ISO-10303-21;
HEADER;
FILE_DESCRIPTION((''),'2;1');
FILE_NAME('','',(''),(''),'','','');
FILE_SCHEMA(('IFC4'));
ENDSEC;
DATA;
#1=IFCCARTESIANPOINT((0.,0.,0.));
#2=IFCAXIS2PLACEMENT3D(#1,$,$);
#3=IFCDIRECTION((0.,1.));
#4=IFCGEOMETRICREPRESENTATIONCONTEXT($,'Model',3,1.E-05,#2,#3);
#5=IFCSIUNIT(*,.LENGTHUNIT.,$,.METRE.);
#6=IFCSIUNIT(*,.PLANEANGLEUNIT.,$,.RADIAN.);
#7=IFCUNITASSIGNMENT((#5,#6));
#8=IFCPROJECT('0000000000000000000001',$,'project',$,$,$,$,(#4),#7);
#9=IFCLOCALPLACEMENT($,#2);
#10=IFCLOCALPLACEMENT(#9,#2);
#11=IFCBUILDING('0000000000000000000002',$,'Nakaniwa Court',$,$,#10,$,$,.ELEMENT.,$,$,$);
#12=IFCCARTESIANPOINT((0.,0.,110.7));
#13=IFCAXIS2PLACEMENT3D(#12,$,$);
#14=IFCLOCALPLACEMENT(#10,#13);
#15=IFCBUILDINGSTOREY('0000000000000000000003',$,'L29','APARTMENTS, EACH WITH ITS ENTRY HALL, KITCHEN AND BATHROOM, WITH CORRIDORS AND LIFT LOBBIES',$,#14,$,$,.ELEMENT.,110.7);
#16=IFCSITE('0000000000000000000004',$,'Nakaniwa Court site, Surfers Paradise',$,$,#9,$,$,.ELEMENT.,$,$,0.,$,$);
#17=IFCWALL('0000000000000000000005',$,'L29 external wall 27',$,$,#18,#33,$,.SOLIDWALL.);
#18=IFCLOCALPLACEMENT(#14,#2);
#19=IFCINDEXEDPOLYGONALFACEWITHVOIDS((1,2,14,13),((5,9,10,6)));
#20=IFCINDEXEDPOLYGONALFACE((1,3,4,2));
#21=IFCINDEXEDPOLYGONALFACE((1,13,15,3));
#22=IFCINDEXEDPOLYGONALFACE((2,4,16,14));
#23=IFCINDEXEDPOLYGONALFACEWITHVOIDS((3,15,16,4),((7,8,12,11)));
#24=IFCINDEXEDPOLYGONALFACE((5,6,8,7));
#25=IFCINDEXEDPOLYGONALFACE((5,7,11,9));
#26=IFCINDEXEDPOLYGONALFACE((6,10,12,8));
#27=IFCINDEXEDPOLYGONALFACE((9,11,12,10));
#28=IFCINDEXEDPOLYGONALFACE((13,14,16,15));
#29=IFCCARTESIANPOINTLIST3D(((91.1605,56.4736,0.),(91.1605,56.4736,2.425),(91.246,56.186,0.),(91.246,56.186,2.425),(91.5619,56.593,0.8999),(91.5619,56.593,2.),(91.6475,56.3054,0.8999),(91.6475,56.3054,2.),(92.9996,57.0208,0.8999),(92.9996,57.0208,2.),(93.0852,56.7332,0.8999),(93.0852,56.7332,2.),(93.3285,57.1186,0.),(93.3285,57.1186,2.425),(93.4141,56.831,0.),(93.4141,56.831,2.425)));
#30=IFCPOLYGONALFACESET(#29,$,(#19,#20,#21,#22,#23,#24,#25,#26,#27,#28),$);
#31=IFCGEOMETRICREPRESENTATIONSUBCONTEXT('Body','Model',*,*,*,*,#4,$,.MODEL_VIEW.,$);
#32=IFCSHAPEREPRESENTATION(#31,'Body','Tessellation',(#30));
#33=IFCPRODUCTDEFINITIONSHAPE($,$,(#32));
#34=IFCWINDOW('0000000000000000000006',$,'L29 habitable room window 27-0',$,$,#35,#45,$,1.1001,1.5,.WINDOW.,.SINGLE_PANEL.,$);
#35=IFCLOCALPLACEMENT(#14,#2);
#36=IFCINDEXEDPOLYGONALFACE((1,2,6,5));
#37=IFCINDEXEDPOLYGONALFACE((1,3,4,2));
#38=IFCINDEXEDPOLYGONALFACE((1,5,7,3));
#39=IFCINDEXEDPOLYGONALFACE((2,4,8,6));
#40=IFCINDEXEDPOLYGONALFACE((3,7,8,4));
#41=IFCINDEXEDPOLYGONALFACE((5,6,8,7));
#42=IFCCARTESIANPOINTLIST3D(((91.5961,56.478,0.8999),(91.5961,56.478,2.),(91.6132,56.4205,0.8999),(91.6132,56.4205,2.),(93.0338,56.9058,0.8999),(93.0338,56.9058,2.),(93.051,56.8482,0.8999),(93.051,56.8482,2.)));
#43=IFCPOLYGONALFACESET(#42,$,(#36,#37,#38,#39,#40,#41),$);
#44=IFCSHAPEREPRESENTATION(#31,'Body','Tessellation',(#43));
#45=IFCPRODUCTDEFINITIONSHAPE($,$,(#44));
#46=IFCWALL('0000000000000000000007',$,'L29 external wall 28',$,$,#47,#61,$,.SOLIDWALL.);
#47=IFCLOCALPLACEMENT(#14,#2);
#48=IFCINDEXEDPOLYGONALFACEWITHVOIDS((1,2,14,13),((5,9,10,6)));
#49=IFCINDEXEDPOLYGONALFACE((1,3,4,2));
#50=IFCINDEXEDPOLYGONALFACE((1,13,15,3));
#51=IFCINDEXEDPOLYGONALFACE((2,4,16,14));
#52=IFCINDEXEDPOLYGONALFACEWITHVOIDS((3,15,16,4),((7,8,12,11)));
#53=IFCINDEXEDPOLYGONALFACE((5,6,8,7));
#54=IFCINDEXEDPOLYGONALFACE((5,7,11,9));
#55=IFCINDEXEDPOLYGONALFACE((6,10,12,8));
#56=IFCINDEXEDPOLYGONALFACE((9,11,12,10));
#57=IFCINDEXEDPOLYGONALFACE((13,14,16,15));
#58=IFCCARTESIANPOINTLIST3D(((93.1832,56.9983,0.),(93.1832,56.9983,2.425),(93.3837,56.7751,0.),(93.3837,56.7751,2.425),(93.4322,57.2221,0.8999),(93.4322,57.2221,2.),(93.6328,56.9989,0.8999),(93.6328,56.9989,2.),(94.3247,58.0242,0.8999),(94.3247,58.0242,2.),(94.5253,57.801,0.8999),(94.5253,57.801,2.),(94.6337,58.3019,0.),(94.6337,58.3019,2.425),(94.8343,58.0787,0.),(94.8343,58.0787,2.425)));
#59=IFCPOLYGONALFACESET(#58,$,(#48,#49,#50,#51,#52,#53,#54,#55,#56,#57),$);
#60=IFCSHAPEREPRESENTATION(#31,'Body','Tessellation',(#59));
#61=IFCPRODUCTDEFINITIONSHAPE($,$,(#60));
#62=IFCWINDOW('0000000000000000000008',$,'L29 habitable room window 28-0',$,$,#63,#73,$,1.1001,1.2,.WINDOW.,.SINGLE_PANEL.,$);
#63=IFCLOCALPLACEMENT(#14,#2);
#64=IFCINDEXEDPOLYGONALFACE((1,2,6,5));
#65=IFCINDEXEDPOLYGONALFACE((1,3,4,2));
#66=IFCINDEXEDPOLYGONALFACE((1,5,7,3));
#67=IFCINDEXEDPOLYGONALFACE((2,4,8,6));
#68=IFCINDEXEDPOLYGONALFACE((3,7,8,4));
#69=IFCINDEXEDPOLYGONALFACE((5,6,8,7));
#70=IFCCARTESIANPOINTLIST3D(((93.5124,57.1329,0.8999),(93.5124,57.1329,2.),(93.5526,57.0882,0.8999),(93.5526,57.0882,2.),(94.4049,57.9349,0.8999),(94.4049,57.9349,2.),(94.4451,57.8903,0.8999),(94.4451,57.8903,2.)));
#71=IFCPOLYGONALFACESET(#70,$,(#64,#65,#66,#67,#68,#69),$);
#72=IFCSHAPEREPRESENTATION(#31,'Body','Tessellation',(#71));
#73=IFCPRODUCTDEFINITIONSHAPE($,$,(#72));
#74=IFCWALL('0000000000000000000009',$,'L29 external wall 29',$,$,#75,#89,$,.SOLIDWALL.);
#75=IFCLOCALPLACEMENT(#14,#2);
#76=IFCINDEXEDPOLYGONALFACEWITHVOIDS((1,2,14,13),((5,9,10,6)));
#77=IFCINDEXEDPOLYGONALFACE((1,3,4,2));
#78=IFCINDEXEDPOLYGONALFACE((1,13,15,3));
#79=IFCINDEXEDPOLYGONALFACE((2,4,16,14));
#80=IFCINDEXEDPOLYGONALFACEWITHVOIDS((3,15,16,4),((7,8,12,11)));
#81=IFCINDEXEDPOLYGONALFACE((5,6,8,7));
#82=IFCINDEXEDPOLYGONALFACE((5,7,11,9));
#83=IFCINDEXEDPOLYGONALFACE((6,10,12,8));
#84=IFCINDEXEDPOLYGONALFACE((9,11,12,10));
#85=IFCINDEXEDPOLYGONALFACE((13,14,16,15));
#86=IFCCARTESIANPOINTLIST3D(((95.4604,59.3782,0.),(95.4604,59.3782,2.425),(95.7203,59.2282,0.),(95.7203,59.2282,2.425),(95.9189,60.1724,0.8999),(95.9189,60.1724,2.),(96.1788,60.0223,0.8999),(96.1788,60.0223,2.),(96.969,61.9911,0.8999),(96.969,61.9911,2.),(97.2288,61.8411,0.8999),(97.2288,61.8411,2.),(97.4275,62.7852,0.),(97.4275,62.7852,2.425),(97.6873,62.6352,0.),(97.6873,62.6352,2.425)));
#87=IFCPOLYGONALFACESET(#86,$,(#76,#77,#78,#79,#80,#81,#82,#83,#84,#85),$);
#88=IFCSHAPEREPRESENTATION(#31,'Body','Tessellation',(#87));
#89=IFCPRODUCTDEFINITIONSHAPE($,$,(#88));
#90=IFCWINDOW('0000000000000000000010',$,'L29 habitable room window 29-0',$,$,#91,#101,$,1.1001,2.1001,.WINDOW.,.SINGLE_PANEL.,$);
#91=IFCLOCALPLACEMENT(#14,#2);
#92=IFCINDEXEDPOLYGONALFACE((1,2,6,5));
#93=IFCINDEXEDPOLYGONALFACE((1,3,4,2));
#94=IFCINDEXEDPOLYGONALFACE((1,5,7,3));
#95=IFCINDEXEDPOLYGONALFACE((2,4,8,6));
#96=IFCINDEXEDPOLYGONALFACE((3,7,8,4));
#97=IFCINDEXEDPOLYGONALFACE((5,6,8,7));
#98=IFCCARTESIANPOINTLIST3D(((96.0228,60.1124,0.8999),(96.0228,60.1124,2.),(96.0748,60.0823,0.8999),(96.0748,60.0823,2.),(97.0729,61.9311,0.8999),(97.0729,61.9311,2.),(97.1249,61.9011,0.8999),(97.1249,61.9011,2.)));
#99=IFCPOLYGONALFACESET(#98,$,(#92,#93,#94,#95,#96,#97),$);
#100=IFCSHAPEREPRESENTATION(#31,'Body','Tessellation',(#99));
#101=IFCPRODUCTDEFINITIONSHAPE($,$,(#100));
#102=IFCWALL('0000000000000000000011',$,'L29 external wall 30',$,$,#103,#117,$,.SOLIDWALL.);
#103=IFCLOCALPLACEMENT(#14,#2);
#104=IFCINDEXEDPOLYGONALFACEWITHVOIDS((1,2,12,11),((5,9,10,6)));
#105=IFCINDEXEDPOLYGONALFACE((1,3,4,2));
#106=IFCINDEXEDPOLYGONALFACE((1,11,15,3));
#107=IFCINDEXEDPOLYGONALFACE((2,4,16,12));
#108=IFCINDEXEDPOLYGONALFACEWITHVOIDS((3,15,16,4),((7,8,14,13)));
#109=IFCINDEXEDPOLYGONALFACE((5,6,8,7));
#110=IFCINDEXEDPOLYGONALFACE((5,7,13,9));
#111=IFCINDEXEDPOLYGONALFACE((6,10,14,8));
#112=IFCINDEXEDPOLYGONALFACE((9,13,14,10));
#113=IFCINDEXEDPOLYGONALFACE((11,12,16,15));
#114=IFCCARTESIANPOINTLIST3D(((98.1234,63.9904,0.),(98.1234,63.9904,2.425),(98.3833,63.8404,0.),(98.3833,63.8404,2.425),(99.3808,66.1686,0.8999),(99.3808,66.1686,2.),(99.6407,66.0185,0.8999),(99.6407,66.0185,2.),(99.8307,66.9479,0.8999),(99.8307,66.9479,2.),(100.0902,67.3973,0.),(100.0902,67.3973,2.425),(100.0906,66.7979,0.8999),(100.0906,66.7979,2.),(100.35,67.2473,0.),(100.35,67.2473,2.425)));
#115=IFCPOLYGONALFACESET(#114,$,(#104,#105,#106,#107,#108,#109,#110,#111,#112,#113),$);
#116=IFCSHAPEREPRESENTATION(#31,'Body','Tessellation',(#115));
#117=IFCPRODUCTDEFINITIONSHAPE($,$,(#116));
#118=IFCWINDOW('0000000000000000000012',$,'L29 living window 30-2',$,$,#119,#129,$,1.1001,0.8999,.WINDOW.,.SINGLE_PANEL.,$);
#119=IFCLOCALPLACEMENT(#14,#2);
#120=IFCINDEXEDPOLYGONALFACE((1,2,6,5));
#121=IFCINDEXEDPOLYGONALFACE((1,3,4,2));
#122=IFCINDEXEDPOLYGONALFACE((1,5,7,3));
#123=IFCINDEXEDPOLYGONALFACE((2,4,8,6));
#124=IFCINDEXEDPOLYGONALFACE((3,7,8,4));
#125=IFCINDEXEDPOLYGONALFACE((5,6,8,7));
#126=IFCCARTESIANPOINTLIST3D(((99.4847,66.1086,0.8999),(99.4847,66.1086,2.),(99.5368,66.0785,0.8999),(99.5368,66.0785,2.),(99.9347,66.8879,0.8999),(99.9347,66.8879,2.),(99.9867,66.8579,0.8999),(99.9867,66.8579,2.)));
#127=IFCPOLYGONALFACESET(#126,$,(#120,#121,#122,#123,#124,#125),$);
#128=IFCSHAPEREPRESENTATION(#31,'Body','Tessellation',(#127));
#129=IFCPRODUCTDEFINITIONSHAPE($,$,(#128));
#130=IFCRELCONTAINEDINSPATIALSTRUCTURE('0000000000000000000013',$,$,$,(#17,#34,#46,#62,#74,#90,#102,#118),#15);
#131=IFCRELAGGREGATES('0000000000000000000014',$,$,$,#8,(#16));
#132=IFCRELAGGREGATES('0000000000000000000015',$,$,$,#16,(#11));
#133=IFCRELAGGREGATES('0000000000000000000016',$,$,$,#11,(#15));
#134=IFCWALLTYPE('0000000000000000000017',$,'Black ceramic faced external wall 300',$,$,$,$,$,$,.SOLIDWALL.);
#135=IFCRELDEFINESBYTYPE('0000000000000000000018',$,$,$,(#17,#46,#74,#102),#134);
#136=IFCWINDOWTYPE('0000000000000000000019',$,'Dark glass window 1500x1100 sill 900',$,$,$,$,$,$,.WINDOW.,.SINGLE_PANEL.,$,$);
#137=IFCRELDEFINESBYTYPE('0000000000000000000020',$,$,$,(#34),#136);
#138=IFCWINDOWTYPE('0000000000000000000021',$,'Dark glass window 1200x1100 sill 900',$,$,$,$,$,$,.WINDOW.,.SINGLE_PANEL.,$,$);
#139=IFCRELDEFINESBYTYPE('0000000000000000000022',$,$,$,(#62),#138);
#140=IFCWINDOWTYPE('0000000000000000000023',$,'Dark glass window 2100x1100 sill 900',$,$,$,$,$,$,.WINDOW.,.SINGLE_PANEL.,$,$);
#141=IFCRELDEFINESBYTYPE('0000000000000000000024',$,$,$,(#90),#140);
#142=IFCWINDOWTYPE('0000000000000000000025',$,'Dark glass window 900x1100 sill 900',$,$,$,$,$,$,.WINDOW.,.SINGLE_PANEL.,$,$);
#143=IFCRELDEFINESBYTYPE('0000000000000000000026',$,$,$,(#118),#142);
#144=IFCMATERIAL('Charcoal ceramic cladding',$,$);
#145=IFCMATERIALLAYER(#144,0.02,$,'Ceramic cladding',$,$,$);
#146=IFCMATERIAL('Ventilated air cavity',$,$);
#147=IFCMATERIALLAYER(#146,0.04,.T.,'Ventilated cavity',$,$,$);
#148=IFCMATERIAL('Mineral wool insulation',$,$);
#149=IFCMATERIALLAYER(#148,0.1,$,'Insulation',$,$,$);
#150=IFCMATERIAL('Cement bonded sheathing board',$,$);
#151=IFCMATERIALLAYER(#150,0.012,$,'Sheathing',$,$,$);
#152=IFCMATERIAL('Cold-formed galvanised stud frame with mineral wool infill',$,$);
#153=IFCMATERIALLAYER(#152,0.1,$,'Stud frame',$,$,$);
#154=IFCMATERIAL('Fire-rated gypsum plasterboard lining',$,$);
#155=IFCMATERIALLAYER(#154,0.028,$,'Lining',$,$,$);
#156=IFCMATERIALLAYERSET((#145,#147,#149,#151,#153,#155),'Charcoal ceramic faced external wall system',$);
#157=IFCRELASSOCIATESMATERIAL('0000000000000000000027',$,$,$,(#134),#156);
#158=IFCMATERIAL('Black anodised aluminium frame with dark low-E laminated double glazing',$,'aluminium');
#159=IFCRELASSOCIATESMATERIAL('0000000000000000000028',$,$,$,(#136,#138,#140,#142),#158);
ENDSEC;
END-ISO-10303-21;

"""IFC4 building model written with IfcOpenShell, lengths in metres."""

from ifc_helpers import new_model, si_unit, direction, frame, frame_2d, origin, place, context, subcontext, project, spatial, rectangle, extrude, material, layer, layer_set, type_object, element, fill, save


model = new_model("IFC4")

# Units and contexts
model_context = context("Model", 3, precision=1e-05, world=origin(), true_north=direction((0.0, 1.0)))
body_context = subcontext(model_context, "Body", "Model", "MODEL_VIEW")
ifc_project = project(units=[si_unit("LENGTHUNIT", "METRE"), si_unit("PLANEANGLEUNIT", "RADIAN")], contexts=[model_context])

# Site, building, storey
site_placement = place(None, origin())
site = spatial("IfcSite", under=ifc_project, at=site_placement, Name="Nakaniwa Court site, Surfers Paradise", CompositionType="ELEMENT", RefElevation=0.0)
building_placement = place(site_placement, origin())
building = spatial("IfcBuilding", under=site, at=building_placement, Name="Nakaniwa Court", CompositionType="ELEMENT")
storey_placement = place(building_placement, frame((0.0, 0.0, 110.7)))
storey = spatial("IfcBuildingStorey", under=building, at=storey_placement, Name="L29", Description="APARTMENTS, EACH WITH ITS ENTRY HALL, KITCHEN AND BATHROOM, WITH CORRIDORS AND LIFT LOBBIES", CompositionType="ELEMENT", Elevation=110.7)

# Walls, openings, windows
ifc_material_1 = material(Name="Charcoal ceramic cladding")
ifc_layer_1 = layer(ifc_material_1, 0.02, Name="Ceramic cladding")
ifc_material_2 = material(Name="Ventilated air cavity")
ifc_layer_2 = layer(ifc_material_2, 0.04, ventilated=True, Name="Ventilated cavity")
ifc_material_3 = material(Name="Mineral wool insulation")
ifc_layer_3 = layer(ifc_material_3, 0.1, Name="Insulation")
ifc_material_4 = material(Name="Cement bonded sheathing board")
ifc_layer_4 = layer(ifc_material_4, 0.012, Name="Sheathing")
ifc_material_5 = material(Name="Cold-formed galvanised stud frame with mineral wool infill")
ifc_layer_5 = layer(ifc_material_5, 0.1, Name="Stud frame")
ifc_material_6 = material(Name="Fire-rated gypsum plasterboard lining")
ifc_layer_6 = layer(ifc_material_6, 0.028, Name="Lining")
ifc_layer_set_1 = layer_set([ifc_layer_1, ifc_layer_2, ifc_layer_3, ifc_layer_4, ifc_layer_5, ifc_layer_6], Name="Charcoal ceramic faced external wall system")
wall_type_1 = type_object("IfcWallType", Name="Black ceramic faced external wall 300", PredefinedType="SOLIDWALL", material=ifc_layer_set_1)
wall_1_placement = place(storey_placement, frame((91.2034, 56.3298, 0.0), z_axis=(0.0, 0.0, 1.0), x_axis=(0.958477, 0.285169, 0.0)))
wall_1 = element("IfcWall", 1, at=wall_1_placement, inside=storey, type_object=wall_type_1, Name="L29 external wall 27", PredefinedType="SOLIDWALL", context=body_context, shape_type="SweptSolid", body=[
    extrude(rectangle(XDim=2.262, YDim=0.3, at=frame_2d((1.1309, 0.0))), origin(), (0.0, 0.0, 1.0), 2.425),
])
opening_1_placement = place(wall_1_placement, frame((0.4187, 0.0, 0.8999)))
opening_1 = element("IfcOpeningElement", 2, at=opening_1_placement, cuts=wall_1, PredefinedType="OPENING", context=body_context, shape_type="SweptSolid", body=[
    extrude(rectangle(XDim=1.5, YDim=1.1001, at=frame_2d((0.75, 0.55))), frame((0.0, 0.1599, 0.0), z_axis=(0.0, -1.0, 0.0), x_axis=(1.0, 0.0, 0.0)), (0.0, 0.0, 1.0), 0.3201),
])
ifc_material_7 = material(Name="Black anodised aluminium frame with dark low-E laminated double glazing", Category="aluminium")
window_type_1 = type_object("IfcWindowType", Name="Dark glass window 1500x1100 sill 900", PartitioningType="SINGLE_PANEL", PredefinedType="WINDOW", material=ifc_material_7)
window_1_placement = place(opening_1_placement, origin())
window_1 = element("IfcWindow", 3, at=window_1_placement, inside=storey, type_object=window_type_1, Name="L29 habitable room window 27-0", OverallHeight=1.1001, OverallWidth=1.5, PartitioningType="SINGLE_PANEL", PredefinedType="WINDOW", context=body_context, shape_type="SweptSolid", body=[
    extrude(rectangle(XDim=1.5, YDim=1.1001, at=frame_2d((0.75, 0.55))), frame((0.0, 0.03, 0.0), z_axis=(0.0, -1.0, 0.0), x_axis=(1.0, 0.0, 0.0)), (0.0, 0.0, 1.0), 0.0601),
])
fill(opening_1, window_1)
wall_2_placement = place(storey_placement, frame((93.2834, 56.8867, 0.0), z_axis=(0.0, 0.0, 1.0), x_axis=(0.743786, 0.668418, 0.0)))
wall_2 = element("IfcWall", 4, at=wall_2_placement, inside=storey, type_object=wall_type_1, Name="L29 external wall 28", PredefinedType="SOLIDWALL", context=body_context, shape_type="SweptSolid", body=[
    extrude(rectangle(XDim=1.9502, YDim=0.3, at=frame_2d((0.9751, 0.0))), origin(), (0.0, 0.0, 1.0), 2.425),
])
opening_2_placement = place(wall_2_placement, frame((0.3347, 0.0, 0.8999)))
opening_2 = element("IfcOpeningElement", 5, at=opening_2_placement, cuts=wall_2, PredefinedType="OPENING", context=body_context, shape_type="SweptSolid", body=[
    extrude(rectangle(XDim=1.2, YDim=1.1001, at=frame_2d((0.6001, 0.55))), frame((0.0, 0.1599, 0.0), z_axis=(0.0, -1.0, 0.0), x_axis=(1.0, 0.0, 0.0)), (0.0, 0.0, 1.0), 0.3201),
])
window_type_2 = type_object("IfcWindowType", Name="Dark glass window 1200x1100 sill 900", PartitioningType="SINGLE_PANEL", PredefinedType="WINDOW", material=ifc_material_7)
window_2_placement = place(opening_2_placement, origin())
window_2 = element("IfcWindow", 6, at=window_2_placement, inside=storey, type_object=window_type_2, Name="L29 habitable room window 28-0", OverallHeight=1.1001, OverallWidth=1.2, PartitioningType="SINGLE_PANEL", PredefinedType="WINDOW", context=body_context, shape_type="SweptSolid", body=[
    extrude(rectangle(XDim=1.2, YDim=1.1001, at=frame_2d((0.6001, 0.55))), frame((0.0, 0.03, 0.0), z_axis=(0.0, -1.0, 0.0), x_axis=(1.0, 0.0, 0.0)), (0.0, 0.0, 1.0), 0.0601),
])
fill(opening_2, window_2)
wall_3_placement = place(storey_placement, frame((95.5903, 59.3032, 0.0), z_axis=(0.0, 0.0, 1.0), x_axis=(0.500004, 0.866023, 0.0)))
wall_3 = element("IfcWall", 7, at=wall_3_placement, inside=storey, type_object=wall_type_1, Name="L29 external wall 29", PredefinedType="SOLIDWALL", context=body_context, shape_type="SweptSolid", body=[
    extrude(rectangle(XDim=3.9341, YDim=0.3, at=frame_2d((1.967, 0.0))), origin(), (0.0, 0.0, 1.0), 2.425),
])
opening_3_placement = place(wall_3_placement, frame((0.917, 0.0, 0.8999)))
opening_3 = element("IfcOpeningElement", 8, at=opening_3_placement, cuts=wall_3, PredefinedType="OPENING", context=body_context, shape_type="SweptSolid", body=[
    extrude(rectangle(XDim=2.1001, YDim=1.1001, at=frame_2d((1.05, 0.55))), frame((0.0, 0.1599, 0.0), z_axis=(0.0, -1.0, 0.0), x_axis=(1.0, 0.0, 0.0)), (0.0, 0.0, 1.0), 0.3201),
])
window_type_3 = type_object("IfcWindowType", Name="Dark glass window 2100x1100 sill 900", PartitioningType="SINGLE_PANEL", PredefinedType="WINDOW", material=ifc_material_7)
window_3_placement = place(opening_3_placement, origin())
window_3 = element("IfcWindow", 9, at=window_3_placement, inside=storey, type_object=window_type_3, Name="L29 habitable room window 29-0", OverallHeight=1.1001, OverallWidth=2.1001, PartitioningType="SINGLE_PANEL", PredefinedType="WINDOW", context=body_context, shape_type="SweptSolid", body=[
    extrude(rectangle(XDim=2.1001, YDim=1.1001, at=frame_2d((1.05, 0.55))), frame((0.0, 0.03, 0.0), z_axis=(0.0, -1.0, 0.0), x_axis=(1.0, 0.0, 0.0)), (0.0, 0.0, 1.0), 0.0601),
])
fill(opening_3, window_3)
wall_4_placement = place(storey_placement, frame((98.2534, 63.9155, 0.0), z_axis=(0.0, 0.0, 1.0), x_axis=(0.499957, 0.86605, 0.0)))
wall_4 = element("IfcWall", 10, at=wall_4_placement, inside=storey, type_object=wall_type_1, Name="L29 external wall 30", PredefinedType="SOLIDWALL", context=body_context, shape_type="SweptSolid", body=[
    extrude(rectangle(XDim=3.9338, YDim=0.3, at=frame_2d((1.9668, 0.0))), origin(), (0.0, 0.0, 1.0), 2.425),
])
opening_4_placement = place(wall_4_placement, frame((2.5149, 0.0, 0.8999)))
opening_4 = element("IfcOpeningElement", 11, at=opening_4_placement, cuts=wall_4, PredefinedType="OPENING", context=body_context, shape_type="SweptSolid", body=[
    extrude(rectangle(XDim=0.8999, YDim=1.1001, at=frame_2d((0.45, 0.55))), frame((0.0, 0.1599, 0.0), z_axis=(0.0, -1.0, 0.0), x_axis=(1.0, 0.0, 0.0)), (0.0, 0.0, 1.0), 0.3201),
])
window_type_4 = type_object("IfcWindowType", Name="Dark glass window 900x1100 sill 900", PartitioningType="SINGLE_PANEL", PredefinedType="WINDOW", material=ifc_material_7)
window_4_placement = place(opening_4_placement, origin())
window_4 = element("IfcWindow", 12, at=window_4_placement, inside=storey, type_object=window_type_4, Name="L29 living window 30-2", OverallHeight=1.1001, OverallWidth=0.8999, PartitioningType="SINGLE_PANEL", PredefinedType="WINDOW", context=body_context, shape_type="SweptSolid", body=[
    extrude(rectangle(XDim=0.8999, YDim=1.1001, at=frame_2d((0.45, 0.55))), frame((0.0, 0.03, 0.0), z_axis=(0.0, -1.0, 0.0), x_axis=(1.0, 0.0, 0.0)), (0.0, 0.0, 1.0), 0.0601),
])
fill(opening_4, window_4)

save(model, "model.ifc")
